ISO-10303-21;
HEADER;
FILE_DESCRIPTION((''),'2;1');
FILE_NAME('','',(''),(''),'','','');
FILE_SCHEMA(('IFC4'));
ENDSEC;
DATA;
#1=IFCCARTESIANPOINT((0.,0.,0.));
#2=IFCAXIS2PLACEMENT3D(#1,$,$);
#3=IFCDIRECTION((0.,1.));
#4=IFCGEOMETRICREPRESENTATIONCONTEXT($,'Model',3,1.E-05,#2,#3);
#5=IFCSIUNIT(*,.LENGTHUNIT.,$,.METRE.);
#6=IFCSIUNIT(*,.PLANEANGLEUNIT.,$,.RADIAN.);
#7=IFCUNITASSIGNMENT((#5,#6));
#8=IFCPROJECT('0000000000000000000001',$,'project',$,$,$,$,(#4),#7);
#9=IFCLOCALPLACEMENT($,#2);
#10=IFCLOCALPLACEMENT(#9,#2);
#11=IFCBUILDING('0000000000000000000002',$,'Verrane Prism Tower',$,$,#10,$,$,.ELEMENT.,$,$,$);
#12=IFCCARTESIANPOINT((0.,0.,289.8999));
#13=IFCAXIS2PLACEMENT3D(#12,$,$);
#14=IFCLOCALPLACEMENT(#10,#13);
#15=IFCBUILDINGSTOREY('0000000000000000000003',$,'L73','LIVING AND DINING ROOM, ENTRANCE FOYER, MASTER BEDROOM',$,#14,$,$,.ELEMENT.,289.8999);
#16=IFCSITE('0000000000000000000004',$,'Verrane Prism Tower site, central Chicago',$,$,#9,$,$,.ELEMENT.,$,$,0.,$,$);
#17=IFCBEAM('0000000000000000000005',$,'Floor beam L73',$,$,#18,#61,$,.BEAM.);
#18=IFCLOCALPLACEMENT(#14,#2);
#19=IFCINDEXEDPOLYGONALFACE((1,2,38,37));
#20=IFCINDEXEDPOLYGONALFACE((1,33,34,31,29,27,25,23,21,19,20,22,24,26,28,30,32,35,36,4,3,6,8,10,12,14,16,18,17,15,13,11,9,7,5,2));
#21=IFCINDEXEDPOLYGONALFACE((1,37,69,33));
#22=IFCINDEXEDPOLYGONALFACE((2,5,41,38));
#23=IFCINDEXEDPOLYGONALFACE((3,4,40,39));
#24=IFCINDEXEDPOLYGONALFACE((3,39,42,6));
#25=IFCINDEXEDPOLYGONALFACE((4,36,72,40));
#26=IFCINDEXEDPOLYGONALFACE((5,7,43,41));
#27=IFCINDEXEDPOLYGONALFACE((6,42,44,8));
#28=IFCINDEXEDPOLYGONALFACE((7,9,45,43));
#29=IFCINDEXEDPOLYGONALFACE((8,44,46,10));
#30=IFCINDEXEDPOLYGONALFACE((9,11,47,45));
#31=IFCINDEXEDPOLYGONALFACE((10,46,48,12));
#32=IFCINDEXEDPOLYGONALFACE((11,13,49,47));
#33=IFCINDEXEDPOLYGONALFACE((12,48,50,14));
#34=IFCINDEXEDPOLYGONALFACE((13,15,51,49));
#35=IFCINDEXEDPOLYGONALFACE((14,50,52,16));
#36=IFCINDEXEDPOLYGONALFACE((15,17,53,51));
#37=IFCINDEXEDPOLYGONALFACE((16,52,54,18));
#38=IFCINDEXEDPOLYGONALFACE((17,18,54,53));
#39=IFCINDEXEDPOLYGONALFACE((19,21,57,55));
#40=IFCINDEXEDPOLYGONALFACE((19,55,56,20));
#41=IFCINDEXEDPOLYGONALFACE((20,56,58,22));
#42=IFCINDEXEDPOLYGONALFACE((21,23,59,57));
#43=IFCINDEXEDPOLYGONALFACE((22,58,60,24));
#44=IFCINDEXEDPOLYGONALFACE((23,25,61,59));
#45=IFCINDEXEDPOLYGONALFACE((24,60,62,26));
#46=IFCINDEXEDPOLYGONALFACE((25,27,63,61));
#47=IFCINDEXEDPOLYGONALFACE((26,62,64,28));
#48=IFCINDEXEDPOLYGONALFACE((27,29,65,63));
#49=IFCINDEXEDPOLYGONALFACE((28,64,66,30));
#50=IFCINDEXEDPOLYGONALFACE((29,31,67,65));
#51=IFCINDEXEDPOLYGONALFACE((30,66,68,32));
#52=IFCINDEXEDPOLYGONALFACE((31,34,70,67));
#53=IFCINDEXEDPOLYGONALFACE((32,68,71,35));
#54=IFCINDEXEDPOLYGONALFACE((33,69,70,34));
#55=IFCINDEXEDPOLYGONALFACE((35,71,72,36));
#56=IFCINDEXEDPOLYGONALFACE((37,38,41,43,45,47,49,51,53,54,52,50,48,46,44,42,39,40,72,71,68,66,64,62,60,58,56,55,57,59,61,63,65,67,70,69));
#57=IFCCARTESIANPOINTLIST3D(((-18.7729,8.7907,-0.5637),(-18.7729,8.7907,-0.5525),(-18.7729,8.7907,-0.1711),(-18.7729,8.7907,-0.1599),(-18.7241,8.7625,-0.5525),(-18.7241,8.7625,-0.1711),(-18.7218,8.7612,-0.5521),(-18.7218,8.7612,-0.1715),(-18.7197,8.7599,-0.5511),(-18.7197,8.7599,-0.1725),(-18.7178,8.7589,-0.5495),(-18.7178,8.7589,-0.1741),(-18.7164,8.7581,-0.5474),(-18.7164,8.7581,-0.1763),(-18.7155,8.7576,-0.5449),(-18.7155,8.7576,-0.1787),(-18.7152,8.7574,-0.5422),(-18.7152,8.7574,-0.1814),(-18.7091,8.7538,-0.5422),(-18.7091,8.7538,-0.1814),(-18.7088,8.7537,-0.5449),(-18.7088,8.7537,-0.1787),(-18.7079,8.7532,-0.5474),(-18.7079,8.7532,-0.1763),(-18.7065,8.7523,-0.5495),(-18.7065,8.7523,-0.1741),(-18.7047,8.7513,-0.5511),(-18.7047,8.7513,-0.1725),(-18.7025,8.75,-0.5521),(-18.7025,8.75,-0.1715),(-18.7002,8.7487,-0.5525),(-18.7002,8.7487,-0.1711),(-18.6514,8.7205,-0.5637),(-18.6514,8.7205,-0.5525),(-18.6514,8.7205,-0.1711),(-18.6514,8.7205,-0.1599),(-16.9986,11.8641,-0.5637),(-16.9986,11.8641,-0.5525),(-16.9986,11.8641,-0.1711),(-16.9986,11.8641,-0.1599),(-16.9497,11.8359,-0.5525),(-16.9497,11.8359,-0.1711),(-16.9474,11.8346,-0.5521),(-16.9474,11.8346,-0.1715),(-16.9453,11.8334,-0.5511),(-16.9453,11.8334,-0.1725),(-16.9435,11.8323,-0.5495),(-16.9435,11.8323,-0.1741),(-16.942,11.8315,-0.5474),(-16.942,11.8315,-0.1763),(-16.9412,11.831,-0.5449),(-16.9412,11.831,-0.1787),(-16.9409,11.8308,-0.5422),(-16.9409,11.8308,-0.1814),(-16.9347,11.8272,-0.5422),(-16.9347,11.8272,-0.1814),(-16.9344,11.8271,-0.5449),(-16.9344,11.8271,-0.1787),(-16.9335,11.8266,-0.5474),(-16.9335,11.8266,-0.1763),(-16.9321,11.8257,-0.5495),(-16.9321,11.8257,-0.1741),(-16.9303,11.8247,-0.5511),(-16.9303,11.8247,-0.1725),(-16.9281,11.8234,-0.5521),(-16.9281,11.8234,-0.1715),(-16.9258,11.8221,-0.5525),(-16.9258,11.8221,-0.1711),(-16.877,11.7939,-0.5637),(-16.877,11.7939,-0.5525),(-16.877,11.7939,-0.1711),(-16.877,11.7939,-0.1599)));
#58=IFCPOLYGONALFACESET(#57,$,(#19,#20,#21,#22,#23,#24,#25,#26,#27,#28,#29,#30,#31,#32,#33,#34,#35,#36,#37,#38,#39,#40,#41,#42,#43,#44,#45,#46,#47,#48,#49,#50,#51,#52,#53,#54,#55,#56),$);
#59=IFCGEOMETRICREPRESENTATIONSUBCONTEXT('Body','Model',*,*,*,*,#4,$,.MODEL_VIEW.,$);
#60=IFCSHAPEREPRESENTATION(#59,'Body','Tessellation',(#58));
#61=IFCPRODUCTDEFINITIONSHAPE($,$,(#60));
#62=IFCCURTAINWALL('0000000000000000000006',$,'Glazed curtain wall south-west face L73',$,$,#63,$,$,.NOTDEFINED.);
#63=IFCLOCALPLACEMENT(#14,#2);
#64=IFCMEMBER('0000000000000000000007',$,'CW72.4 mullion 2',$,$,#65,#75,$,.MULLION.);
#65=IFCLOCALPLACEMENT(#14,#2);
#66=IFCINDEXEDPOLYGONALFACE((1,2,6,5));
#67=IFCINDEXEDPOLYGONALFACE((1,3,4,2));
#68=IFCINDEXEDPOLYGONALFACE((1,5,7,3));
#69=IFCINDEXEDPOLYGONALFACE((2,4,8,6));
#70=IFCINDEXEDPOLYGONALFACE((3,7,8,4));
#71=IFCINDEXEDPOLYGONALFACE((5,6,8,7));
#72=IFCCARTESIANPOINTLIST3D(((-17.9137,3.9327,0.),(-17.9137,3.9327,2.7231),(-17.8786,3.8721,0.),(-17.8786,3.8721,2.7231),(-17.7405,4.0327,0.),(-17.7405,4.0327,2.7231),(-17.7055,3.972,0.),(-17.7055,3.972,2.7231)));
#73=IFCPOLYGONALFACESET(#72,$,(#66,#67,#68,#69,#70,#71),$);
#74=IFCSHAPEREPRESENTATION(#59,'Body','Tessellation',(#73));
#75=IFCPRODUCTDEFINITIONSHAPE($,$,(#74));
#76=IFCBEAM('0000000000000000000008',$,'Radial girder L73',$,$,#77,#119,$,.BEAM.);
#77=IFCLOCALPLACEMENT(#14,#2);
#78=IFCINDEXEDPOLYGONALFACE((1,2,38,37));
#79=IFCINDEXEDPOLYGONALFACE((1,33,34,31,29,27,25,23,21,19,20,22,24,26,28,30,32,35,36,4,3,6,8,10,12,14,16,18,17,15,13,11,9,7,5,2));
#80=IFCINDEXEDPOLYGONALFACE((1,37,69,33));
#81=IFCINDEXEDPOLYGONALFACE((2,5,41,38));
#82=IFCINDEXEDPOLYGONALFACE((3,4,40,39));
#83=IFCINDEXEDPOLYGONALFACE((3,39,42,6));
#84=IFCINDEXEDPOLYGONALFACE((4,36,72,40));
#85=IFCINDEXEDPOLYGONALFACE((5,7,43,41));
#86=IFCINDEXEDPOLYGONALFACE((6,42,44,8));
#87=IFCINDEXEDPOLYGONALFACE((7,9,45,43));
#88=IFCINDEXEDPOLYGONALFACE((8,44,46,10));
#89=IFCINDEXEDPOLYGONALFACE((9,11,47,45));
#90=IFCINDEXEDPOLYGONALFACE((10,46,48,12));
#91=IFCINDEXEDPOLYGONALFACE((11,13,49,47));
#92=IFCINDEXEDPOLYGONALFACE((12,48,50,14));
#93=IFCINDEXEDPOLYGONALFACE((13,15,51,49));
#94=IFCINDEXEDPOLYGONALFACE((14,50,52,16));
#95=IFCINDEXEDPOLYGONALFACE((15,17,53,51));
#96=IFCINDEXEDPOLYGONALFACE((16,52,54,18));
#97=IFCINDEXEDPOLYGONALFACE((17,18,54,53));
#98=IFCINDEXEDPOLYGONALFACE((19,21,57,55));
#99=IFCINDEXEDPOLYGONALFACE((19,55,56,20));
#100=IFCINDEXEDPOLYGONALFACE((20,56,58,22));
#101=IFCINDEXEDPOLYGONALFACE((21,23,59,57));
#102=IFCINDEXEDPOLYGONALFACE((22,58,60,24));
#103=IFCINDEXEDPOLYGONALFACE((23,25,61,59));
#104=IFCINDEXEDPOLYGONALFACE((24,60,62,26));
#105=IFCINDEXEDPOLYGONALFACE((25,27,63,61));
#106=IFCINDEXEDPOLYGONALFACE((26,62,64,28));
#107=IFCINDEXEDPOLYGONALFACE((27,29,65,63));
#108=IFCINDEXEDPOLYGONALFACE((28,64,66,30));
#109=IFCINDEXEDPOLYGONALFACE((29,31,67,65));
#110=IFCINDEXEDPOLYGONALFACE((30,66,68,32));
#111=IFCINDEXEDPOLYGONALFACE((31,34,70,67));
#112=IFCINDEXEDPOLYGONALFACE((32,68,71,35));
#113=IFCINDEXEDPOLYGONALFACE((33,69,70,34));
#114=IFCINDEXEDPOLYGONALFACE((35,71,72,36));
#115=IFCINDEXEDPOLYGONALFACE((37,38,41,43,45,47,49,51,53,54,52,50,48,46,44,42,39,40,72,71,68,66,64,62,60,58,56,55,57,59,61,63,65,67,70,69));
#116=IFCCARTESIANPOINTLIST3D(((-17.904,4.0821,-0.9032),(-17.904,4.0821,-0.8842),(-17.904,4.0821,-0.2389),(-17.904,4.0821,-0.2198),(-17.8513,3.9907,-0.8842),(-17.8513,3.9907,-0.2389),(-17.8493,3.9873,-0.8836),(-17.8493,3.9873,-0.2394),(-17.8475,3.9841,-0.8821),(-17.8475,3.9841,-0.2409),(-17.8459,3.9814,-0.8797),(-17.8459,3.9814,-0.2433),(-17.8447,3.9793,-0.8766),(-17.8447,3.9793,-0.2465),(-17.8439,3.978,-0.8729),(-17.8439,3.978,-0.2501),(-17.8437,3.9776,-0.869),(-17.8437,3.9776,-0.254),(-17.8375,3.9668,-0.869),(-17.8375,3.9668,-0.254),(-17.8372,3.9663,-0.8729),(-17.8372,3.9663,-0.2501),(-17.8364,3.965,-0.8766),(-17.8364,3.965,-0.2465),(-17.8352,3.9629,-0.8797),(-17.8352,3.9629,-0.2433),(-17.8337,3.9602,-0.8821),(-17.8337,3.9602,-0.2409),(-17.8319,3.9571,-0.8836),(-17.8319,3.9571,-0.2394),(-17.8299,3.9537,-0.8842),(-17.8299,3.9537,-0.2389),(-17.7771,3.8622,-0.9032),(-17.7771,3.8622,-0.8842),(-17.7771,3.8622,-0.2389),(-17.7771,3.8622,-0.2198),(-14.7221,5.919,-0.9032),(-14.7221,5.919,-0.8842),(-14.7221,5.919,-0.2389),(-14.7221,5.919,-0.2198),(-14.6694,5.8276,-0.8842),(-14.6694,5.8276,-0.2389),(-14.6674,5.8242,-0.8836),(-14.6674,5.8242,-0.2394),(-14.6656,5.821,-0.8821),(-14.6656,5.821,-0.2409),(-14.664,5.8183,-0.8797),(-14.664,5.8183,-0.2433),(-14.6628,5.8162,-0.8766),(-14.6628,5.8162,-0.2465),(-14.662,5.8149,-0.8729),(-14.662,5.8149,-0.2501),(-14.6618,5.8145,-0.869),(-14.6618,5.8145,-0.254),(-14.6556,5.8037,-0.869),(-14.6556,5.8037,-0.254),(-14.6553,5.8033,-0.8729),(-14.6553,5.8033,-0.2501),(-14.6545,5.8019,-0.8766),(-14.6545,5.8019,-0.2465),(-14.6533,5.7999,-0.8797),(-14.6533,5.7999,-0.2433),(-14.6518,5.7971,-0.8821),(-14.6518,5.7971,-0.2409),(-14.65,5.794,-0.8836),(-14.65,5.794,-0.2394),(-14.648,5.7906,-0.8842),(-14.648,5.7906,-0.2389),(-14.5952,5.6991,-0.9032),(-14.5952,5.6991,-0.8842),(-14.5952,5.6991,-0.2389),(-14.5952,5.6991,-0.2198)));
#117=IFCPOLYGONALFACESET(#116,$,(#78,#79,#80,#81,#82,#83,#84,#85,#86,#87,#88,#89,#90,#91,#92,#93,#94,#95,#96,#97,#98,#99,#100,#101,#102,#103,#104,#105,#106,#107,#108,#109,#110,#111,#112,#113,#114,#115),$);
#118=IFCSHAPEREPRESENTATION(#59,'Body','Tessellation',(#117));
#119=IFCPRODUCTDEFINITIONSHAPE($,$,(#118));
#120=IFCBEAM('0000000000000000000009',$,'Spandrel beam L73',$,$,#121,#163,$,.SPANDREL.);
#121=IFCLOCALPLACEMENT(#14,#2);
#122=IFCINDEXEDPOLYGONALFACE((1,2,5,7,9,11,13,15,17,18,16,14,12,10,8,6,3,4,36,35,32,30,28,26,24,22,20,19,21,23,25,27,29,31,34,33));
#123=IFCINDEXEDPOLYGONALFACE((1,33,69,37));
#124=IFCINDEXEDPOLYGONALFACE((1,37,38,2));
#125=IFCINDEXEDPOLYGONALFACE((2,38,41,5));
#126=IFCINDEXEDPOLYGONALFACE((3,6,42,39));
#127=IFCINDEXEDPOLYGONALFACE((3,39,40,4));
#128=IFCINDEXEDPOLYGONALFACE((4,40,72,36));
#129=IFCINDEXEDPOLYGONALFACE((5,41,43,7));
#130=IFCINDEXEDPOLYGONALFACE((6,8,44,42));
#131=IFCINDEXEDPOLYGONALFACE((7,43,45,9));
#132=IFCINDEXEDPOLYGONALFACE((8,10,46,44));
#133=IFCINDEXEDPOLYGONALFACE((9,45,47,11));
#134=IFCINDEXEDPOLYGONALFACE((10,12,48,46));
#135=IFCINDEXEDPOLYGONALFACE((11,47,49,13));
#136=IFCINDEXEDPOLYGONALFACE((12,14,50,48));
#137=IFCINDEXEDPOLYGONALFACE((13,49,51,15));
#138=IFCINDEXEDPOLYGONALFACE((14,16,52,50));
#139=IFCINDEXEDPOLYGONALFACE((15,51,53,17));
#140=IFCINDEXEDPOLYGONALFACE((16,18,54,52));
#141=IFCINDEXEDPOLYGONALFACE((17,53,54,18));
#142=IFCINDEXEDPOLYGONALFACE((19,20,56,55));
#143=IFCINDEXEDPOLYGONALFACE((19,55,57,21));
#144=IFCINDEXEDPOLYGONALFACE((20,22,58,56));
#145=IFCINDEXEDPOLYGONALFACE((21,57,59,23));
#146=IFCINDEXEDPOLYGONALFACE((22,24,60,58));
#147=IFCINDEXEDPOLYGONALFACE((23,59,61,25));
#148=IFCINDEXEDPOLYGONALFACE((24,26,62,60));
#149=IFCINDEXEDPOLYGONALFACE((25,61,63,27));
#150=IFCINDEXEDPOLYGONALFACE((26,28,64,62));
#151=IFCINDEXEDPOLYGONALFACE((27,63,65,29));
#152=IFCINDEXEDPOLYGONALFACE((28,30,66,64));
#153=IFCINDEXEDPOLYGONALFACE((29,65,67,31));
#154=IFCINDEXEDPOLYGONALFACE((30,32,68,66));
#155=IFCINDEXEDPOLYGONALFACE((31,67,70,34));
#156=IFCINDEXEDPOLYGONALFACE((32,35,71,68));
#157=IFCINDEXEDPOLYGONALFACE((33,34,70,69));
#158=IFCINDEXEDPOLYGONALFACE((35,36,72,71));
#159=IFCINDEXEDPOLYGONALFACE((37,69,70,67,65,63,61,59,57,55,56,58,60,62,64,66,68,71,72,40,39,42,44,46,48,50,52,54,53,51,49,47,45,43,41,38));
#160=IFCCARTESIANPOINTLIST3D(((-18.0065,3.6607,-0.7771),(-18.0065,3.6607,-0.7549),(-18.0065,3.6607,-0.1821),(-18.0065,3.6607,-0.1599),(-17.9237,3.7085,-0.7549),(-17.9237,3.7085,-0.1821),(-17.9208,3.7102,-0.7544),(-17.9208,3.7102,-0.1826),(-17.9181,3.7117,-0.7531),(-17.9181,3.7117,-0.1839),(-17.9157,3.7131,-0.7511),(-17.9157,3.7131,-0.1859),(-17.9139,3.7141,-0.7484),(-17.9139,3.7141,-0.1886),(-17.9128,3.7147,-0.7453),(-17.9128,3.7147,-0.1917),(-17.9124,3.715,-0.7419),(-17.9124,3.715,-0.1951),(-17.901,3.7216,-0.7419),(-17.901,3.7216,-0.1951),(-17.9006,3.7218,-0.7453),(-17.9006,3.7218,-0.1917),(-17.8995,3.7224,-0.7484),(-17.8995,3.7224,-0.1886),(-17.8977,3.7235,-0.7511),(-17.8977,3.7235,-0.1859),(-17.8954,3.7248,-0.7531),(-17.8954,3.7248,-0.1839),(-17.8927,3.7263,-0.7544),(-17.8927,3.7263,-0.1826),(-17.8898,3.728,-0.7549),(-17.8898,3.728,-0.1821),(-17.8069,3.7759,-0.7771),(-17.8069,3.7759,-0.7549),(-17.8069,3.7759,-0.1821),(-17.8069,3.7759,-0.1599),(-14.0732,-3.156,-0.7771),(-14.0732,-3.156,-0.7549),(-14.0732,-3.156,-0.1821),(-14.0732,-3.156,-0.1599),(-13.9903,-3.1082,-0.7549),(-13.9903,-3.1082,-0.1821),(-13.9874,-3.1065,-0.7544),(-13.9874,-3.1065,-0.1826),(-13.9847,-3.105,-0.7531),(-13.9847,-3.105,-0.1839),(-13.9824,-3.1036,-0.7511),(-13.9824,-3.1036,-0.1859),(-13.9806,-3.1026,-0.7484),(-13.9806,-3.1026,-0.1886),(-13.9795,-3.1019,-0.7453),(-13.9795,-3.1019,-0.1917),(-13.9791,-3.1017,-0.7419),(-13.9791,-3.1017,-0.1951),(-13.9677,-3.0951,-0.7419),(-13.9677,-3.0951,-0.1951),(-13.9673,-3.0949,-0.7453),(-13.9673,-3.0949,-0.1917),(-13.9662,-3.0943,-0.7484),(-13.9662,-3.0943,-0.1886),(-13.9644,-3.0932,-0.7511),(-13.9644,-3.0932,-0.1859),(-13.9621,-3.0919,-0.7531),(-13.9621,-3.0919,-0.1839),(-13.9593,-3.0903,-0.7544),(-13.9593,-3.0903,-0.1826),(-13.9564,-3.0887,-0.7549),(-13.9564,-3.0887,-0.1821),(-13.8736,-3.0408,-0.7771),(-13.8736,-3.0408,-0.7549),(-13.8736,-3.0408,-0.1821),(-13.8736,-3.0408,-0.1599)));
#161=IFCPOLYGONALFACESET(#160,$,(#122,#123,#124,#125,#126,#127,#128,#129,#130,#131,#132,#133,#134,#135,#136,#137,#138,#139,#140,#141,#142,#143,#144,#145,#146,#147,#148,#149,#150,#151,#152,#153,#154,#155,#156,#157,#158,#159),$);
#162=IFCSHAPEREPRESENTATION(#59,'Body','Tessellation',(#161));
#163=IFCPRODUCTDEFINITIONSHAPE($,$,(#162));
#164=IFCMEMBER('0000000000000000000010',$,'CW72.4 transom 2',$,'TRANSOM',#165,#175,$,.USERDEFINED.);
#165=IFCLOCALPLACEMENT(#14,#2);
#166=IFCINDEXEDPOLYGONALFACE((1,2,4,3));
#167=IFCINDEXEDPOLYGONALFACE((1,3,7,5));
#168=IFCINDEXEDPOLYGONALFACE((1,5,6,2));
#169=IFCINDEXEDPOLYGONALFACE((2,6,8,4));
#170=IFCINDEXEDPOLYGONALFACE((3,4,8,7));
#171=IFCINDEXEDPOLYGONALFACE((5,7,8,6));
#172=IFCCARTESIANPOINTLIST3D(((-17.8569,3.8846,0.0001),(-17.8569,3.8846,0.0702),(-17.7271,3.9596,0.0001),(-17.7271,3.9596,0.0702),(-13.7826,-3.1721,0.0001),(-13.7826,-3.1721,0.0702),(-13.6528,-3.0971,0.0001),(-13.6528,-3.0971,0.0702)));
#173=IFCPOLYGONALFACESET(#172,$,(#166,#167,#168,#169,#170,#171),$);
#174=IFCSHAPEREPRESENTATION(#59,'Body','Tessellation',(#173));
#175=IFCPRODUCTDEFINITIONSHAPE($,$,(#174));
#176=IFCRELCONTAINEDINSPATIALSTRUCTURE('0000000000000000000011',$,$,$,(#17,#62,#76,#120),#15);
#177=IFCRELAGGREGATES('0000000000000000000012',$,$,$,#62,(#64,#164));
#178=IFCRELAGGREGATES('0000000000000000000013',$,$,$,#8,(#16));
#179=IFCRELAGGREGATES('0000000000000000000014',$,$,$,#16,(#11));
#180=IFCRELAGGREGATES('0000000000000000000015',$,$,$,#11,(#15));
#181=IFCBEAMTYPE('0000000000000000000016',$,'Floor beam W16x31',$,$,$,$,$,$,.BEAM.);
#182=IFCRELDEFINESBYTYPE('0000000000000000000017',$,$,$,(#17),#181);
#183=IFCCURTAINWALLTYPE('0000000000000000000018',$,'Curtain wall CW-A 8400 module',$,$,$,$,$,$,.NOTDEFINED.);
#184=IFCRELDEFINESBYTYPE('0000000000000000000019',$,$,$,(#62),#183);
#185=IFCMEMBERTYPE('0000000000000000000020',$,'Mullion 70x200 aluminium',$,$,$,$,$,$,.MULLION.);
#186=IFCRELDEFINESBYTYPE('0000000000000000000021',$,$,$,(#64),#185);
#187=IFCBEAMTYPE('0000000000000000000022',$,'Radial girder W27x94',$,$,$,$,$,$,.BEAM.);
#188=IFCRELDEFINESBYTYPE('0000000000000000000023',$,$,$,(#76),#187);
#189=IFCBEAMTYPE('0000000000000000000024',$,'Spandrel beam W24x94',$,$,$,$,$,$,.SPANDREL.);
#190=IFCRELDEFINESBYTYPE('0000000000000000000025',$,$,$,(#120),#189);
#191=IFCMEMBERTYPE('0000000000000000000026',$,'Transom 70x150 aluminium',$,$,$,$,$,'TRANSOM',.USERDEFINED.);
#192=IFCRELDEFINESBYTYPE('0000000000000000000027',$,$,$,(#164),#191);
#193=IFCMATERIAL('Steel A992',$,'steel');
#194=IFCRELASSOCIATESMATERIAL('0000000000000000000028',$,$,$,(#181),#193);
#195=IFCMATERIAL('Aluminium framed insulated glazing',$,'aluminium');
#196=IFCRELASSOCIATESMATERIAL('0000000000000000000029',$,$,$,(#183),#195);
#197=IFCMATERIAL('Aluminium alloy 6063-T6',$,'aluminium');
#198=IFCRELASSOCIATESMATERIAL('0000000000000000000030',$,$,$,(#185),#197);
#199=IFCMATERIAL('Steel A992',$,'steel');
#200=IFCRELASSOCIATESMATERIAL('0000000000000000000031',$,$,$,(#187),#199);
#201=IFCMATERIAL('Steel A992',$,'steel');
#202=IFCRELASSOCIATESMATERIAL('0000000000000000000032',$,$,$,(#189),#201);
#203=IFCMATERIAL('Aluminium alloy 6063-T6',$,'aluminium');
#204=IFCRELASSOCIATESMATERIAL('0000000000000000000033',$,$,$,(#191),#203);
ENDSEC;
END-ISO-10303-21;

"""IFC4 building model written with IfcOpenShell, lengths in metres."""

from ifc_helpers import new_model, si_unit, direction, frame, origin, origin_2d, place, context, subcontext, project, spatial, rectangle, i_section, extrude, material, material_profile, profile_set, type_object, element, aggregate, save


model = new_model("IFC4")

# Units and contexts
model_context = context("Model", 3, precision=1e-05, world=origin(), true_north=direction((0.0, 1.0)))
body_context = subcontext(model_context, "Body", "Model", "MODEL_VIEW")
ifc_project = project(units=[si_unit("LENGTHUNIT", "METRE"), si_unit("PLANEANGLEUNIT", "RADIAN")], contexts=[model_context])

# Site, building, storey
site_placement = place(None, origin())
site = spatial("IfcSite", under=ifc_project, at=site_placement, Name="Verrane Prism Tower site, central Chicago", CompositionType="ELEMENT", RefElevation=0.0)
building_placement = place(site_placement, origin())
building = spatial("IfcBuilding", under=site, at=building_placement, Name="Verrane Prism Tower", CompositionType="ELEMENT")
storey_placement = place(building_placement, frame((0.0, 0.0, 289.8999)))
storey = spatial("IfcBuildingStorey", under=building, at=storey_placement, Name="L73", Description="LIVING AND DINING ROOM, ENTRANCE FOYER, MASTER BEDROOM", CompositionType="ELEMENT", Elevation=289.8999)

# Beam
ifc_material_1 = material(Name="Steel A992", Category="steel")
ifc_material_profile_1 = material_profile(ifc_material_1, i_section(OverallWidth=0.1404, OverallDepth=0.4038, WebThickness=0.0071, FlangeThickness=0.0112, FilletRadius=0.0103, at=origin_2d()), Name="W16x31")
ifc_profile_set_1 = profile_set([ifc_material_profile_1], Name="Steel A992")
beam_type_1 = type_object("IfcBeamType", Name="Floor beam W16x31", PredefinedType="BEAM", material=ifc_profile_set_1)
beam_1_placement = place(storey_placement, frame((-18.7122, 8.7556, -0.3618), z_axis=(0.499986, 0.866033, 0.0), x_axis=(-0.866033, 0.499986, 0.0)))
element("IfcBeam", 1, at=beam_1_placement, inside=storey, type_object=beam_type_1, Name="Floor beam L73", PredefinedType="BEAM", context=body_context, shape_type="SweptSolid", body=[
    extrude(i_section(OverallWidth=0.1404, OverallDepth=0.4038, WebThickness=0.0071, FlangeThickness=0.0112, FilletRadius=0.0103, at=origin_2d()), origin(), (0.0, 0.0, 1.0), 3.5488),
])

# Curtain wall, member
ifc_material_2 = material(Name="Aluminium framed insulated glazing", Category="aluminium")
curtain_wall_type = type_object("IfcCurtainWallType", Name="Curtain wall CW-A 8400 module", PredefinedType="NOTDEFINED", material=ifc_material_2)
curtain_wall_placement = place(storey_placement, origin())
curtain_wall = element("IfcCurtainWall", 2, at=curtain_wall_placement, inside=storey, type_object=curtain_wall_type, Name="Glazed curtain wall south-west face L73", PredefinedType="NOTDEFINED")
ifc_material_3 = material(Name="Aluminium alloy 6063-T6", Category="aluminium")
ifc_material_profile_2 = material_profile(ifc_material_3, rectangle(XDim=0.2, YDim=0.0701, at=origin_2d()), Name="Mullion 70x200 aluminium")
ifc_profile_set_2 = profile_set([ifc_material_profile_2], Name="Aluminium alloy 6063-T6")
member_type_1 = type_object("IfcMemberType", Name="Mullion 70x200 aluminium", PredefinedType="MULLION", material=ifc_profile_set_2)
member_1_placement = place(storey_placement, frame((-17.8096, 3.9524, 0.0), z_axis=(0.0, 0.0, 1.0), x_axis=(0.866025, 0.500001, 0.0)))
member_1 = element("IfcMember", 3, at=member_1_placement, type_object=member_type_1, Name="CW72.4 mullion 2", PredefinedType="MULLION", context=body_context, shape_type="SweptSolid", body=[
    extrude(rectangle(XDim=0.2, YDim=0.0701, at=origin_2d()), origin(), (0.0, 0.0, 1.0), 2.7231),
])

# Beams
ifc_material_4 = material(Name="Steel A992", Category="steel")
ifc_material_profile_3 = material_profile(ifc_material_4, i_section(OverallWidth=0.2539, OverallDepth=0.6833, WebThickness=0.0125, FlangeThickness=0.019, FilletRadius=0.0151, at=origin_2d()), Name="W27x94")
ifc_profile_set_3 = profile_set([ifc_material_profile_3], Name="Steel A992")
beam_type_2 = type_object("IfcBeamType", Name="Radial girder W27x94", PredefinedType="BEAM", material=ifc_profile_set_3)
beam_2_placement = place(storey_placement, frame((-17.8406, 3.9722, -0.5615), z_axis=(0.866043, 0.49997, 0.0), x_axis=(-0.49997, 0.866043, 0.0)))
element("IfcBeam", 4, at=beam_2_placement, inside=storey, type_object=beam_type_2, Name="Radial girder L73", PredefinedType="BEAM", context=body_context, shape_type="SweptSolid", body=[
    extrude(i_section(OverallWidth=0.2539, OverallDepth=0.6833, WebThickness=0.0125, FlangeThickness=0.019, FilletRadius=0.0151, at=origin_2d()), origin(), (0.0, 0.0, 1.0), 3.6741),
])
ifc_material_5 = material(Name="Steel A992", Category="steel")
ifc_material_profile_4 = material_profile(ifc_material_5, i_section(OverallWidth=0.2305, OverallDepth=0.6172, WebThickness=0.0132, FlangeThickness=0.0222, FilletRadius=0.0129, at=origin_2d()), Name="W24x94")
ifc_profile_set_4 = profile_set([ifc_material_profile_4], Name="Steel A992")
beam_type_3 = type_object("IfcBeamType", Name="Spandrel beam W24x94", PredefinedType="SPANDREL", material=ifc_profile_set_4)
beam_3_placement = place(storey_placement, frame((-17.9067, 3.7183, -0.4685), z_axis=(0.499786, -0.866149, 0.0), x_axis=(0.866149, 0.499786, 0.0)))
element("IfcBeam", 5, at=beam_3_placement, inside=storey, type_object=beam_type_3, Name="Spandrel beam L73", PredefinedType="SPANDREL", context=body_context, shape_type="SweptSolid", body=[
    extrude(i_section(OverallWidth=0.2305, OverallDepth=0.6172, WebThickness=0.0132, FlangeThickness=0.0222, FilletRadius=0.0129, at=origin_2d()), origin(), (0.0, 0.0, 1.0), 7.8701),
])

# Member
ifc_material_6 = material(Name="Aluminium alloy 6063-T6", Category="aluminium")
ifc_material_profile_5 = material_profile(ifc_material_6, rectangle(XDim=0.1499, YDim=0.0701, at=origin_2d()), Name="Transom 70x150 aluminium")
ifc_profile_set_5 = profile_set([ifc_material_profile_5], Name="Aluminium alloy 6063-T6")
member_type_2 = type_object("IfcMemberType", Name="Transom 70x150 aluminium", ElementType="TRANSOM", PredefinedType="USERDEFINED", material=ifc_profile_set_5)
member_2_placement = place(storey_placement, frame((-17.792, 3.9221, 0.0352), z_axis=(0.500006, -0.866022, 0.0), x_axis=(0.866022, 0.500006, 0.0)))
member_2 = element("IfcMember", 6, at=member_2_placement, type_object=member_type_2, Name="CW72.4 transom 2", ObjectType="TRANSOM", PredefinedType="USERDEFINED", context=body_context, shape_type="SweptSolid", body=[
    extrude(rectangle(XDim=0.1499, YDim=0.0701, at=origin_2d()), origin(), (0.0, 0.0, 1.0), 8.1484),
])

aggregate(curtain_wall, [member_1, member_2])

save(model, "model.ifc")
